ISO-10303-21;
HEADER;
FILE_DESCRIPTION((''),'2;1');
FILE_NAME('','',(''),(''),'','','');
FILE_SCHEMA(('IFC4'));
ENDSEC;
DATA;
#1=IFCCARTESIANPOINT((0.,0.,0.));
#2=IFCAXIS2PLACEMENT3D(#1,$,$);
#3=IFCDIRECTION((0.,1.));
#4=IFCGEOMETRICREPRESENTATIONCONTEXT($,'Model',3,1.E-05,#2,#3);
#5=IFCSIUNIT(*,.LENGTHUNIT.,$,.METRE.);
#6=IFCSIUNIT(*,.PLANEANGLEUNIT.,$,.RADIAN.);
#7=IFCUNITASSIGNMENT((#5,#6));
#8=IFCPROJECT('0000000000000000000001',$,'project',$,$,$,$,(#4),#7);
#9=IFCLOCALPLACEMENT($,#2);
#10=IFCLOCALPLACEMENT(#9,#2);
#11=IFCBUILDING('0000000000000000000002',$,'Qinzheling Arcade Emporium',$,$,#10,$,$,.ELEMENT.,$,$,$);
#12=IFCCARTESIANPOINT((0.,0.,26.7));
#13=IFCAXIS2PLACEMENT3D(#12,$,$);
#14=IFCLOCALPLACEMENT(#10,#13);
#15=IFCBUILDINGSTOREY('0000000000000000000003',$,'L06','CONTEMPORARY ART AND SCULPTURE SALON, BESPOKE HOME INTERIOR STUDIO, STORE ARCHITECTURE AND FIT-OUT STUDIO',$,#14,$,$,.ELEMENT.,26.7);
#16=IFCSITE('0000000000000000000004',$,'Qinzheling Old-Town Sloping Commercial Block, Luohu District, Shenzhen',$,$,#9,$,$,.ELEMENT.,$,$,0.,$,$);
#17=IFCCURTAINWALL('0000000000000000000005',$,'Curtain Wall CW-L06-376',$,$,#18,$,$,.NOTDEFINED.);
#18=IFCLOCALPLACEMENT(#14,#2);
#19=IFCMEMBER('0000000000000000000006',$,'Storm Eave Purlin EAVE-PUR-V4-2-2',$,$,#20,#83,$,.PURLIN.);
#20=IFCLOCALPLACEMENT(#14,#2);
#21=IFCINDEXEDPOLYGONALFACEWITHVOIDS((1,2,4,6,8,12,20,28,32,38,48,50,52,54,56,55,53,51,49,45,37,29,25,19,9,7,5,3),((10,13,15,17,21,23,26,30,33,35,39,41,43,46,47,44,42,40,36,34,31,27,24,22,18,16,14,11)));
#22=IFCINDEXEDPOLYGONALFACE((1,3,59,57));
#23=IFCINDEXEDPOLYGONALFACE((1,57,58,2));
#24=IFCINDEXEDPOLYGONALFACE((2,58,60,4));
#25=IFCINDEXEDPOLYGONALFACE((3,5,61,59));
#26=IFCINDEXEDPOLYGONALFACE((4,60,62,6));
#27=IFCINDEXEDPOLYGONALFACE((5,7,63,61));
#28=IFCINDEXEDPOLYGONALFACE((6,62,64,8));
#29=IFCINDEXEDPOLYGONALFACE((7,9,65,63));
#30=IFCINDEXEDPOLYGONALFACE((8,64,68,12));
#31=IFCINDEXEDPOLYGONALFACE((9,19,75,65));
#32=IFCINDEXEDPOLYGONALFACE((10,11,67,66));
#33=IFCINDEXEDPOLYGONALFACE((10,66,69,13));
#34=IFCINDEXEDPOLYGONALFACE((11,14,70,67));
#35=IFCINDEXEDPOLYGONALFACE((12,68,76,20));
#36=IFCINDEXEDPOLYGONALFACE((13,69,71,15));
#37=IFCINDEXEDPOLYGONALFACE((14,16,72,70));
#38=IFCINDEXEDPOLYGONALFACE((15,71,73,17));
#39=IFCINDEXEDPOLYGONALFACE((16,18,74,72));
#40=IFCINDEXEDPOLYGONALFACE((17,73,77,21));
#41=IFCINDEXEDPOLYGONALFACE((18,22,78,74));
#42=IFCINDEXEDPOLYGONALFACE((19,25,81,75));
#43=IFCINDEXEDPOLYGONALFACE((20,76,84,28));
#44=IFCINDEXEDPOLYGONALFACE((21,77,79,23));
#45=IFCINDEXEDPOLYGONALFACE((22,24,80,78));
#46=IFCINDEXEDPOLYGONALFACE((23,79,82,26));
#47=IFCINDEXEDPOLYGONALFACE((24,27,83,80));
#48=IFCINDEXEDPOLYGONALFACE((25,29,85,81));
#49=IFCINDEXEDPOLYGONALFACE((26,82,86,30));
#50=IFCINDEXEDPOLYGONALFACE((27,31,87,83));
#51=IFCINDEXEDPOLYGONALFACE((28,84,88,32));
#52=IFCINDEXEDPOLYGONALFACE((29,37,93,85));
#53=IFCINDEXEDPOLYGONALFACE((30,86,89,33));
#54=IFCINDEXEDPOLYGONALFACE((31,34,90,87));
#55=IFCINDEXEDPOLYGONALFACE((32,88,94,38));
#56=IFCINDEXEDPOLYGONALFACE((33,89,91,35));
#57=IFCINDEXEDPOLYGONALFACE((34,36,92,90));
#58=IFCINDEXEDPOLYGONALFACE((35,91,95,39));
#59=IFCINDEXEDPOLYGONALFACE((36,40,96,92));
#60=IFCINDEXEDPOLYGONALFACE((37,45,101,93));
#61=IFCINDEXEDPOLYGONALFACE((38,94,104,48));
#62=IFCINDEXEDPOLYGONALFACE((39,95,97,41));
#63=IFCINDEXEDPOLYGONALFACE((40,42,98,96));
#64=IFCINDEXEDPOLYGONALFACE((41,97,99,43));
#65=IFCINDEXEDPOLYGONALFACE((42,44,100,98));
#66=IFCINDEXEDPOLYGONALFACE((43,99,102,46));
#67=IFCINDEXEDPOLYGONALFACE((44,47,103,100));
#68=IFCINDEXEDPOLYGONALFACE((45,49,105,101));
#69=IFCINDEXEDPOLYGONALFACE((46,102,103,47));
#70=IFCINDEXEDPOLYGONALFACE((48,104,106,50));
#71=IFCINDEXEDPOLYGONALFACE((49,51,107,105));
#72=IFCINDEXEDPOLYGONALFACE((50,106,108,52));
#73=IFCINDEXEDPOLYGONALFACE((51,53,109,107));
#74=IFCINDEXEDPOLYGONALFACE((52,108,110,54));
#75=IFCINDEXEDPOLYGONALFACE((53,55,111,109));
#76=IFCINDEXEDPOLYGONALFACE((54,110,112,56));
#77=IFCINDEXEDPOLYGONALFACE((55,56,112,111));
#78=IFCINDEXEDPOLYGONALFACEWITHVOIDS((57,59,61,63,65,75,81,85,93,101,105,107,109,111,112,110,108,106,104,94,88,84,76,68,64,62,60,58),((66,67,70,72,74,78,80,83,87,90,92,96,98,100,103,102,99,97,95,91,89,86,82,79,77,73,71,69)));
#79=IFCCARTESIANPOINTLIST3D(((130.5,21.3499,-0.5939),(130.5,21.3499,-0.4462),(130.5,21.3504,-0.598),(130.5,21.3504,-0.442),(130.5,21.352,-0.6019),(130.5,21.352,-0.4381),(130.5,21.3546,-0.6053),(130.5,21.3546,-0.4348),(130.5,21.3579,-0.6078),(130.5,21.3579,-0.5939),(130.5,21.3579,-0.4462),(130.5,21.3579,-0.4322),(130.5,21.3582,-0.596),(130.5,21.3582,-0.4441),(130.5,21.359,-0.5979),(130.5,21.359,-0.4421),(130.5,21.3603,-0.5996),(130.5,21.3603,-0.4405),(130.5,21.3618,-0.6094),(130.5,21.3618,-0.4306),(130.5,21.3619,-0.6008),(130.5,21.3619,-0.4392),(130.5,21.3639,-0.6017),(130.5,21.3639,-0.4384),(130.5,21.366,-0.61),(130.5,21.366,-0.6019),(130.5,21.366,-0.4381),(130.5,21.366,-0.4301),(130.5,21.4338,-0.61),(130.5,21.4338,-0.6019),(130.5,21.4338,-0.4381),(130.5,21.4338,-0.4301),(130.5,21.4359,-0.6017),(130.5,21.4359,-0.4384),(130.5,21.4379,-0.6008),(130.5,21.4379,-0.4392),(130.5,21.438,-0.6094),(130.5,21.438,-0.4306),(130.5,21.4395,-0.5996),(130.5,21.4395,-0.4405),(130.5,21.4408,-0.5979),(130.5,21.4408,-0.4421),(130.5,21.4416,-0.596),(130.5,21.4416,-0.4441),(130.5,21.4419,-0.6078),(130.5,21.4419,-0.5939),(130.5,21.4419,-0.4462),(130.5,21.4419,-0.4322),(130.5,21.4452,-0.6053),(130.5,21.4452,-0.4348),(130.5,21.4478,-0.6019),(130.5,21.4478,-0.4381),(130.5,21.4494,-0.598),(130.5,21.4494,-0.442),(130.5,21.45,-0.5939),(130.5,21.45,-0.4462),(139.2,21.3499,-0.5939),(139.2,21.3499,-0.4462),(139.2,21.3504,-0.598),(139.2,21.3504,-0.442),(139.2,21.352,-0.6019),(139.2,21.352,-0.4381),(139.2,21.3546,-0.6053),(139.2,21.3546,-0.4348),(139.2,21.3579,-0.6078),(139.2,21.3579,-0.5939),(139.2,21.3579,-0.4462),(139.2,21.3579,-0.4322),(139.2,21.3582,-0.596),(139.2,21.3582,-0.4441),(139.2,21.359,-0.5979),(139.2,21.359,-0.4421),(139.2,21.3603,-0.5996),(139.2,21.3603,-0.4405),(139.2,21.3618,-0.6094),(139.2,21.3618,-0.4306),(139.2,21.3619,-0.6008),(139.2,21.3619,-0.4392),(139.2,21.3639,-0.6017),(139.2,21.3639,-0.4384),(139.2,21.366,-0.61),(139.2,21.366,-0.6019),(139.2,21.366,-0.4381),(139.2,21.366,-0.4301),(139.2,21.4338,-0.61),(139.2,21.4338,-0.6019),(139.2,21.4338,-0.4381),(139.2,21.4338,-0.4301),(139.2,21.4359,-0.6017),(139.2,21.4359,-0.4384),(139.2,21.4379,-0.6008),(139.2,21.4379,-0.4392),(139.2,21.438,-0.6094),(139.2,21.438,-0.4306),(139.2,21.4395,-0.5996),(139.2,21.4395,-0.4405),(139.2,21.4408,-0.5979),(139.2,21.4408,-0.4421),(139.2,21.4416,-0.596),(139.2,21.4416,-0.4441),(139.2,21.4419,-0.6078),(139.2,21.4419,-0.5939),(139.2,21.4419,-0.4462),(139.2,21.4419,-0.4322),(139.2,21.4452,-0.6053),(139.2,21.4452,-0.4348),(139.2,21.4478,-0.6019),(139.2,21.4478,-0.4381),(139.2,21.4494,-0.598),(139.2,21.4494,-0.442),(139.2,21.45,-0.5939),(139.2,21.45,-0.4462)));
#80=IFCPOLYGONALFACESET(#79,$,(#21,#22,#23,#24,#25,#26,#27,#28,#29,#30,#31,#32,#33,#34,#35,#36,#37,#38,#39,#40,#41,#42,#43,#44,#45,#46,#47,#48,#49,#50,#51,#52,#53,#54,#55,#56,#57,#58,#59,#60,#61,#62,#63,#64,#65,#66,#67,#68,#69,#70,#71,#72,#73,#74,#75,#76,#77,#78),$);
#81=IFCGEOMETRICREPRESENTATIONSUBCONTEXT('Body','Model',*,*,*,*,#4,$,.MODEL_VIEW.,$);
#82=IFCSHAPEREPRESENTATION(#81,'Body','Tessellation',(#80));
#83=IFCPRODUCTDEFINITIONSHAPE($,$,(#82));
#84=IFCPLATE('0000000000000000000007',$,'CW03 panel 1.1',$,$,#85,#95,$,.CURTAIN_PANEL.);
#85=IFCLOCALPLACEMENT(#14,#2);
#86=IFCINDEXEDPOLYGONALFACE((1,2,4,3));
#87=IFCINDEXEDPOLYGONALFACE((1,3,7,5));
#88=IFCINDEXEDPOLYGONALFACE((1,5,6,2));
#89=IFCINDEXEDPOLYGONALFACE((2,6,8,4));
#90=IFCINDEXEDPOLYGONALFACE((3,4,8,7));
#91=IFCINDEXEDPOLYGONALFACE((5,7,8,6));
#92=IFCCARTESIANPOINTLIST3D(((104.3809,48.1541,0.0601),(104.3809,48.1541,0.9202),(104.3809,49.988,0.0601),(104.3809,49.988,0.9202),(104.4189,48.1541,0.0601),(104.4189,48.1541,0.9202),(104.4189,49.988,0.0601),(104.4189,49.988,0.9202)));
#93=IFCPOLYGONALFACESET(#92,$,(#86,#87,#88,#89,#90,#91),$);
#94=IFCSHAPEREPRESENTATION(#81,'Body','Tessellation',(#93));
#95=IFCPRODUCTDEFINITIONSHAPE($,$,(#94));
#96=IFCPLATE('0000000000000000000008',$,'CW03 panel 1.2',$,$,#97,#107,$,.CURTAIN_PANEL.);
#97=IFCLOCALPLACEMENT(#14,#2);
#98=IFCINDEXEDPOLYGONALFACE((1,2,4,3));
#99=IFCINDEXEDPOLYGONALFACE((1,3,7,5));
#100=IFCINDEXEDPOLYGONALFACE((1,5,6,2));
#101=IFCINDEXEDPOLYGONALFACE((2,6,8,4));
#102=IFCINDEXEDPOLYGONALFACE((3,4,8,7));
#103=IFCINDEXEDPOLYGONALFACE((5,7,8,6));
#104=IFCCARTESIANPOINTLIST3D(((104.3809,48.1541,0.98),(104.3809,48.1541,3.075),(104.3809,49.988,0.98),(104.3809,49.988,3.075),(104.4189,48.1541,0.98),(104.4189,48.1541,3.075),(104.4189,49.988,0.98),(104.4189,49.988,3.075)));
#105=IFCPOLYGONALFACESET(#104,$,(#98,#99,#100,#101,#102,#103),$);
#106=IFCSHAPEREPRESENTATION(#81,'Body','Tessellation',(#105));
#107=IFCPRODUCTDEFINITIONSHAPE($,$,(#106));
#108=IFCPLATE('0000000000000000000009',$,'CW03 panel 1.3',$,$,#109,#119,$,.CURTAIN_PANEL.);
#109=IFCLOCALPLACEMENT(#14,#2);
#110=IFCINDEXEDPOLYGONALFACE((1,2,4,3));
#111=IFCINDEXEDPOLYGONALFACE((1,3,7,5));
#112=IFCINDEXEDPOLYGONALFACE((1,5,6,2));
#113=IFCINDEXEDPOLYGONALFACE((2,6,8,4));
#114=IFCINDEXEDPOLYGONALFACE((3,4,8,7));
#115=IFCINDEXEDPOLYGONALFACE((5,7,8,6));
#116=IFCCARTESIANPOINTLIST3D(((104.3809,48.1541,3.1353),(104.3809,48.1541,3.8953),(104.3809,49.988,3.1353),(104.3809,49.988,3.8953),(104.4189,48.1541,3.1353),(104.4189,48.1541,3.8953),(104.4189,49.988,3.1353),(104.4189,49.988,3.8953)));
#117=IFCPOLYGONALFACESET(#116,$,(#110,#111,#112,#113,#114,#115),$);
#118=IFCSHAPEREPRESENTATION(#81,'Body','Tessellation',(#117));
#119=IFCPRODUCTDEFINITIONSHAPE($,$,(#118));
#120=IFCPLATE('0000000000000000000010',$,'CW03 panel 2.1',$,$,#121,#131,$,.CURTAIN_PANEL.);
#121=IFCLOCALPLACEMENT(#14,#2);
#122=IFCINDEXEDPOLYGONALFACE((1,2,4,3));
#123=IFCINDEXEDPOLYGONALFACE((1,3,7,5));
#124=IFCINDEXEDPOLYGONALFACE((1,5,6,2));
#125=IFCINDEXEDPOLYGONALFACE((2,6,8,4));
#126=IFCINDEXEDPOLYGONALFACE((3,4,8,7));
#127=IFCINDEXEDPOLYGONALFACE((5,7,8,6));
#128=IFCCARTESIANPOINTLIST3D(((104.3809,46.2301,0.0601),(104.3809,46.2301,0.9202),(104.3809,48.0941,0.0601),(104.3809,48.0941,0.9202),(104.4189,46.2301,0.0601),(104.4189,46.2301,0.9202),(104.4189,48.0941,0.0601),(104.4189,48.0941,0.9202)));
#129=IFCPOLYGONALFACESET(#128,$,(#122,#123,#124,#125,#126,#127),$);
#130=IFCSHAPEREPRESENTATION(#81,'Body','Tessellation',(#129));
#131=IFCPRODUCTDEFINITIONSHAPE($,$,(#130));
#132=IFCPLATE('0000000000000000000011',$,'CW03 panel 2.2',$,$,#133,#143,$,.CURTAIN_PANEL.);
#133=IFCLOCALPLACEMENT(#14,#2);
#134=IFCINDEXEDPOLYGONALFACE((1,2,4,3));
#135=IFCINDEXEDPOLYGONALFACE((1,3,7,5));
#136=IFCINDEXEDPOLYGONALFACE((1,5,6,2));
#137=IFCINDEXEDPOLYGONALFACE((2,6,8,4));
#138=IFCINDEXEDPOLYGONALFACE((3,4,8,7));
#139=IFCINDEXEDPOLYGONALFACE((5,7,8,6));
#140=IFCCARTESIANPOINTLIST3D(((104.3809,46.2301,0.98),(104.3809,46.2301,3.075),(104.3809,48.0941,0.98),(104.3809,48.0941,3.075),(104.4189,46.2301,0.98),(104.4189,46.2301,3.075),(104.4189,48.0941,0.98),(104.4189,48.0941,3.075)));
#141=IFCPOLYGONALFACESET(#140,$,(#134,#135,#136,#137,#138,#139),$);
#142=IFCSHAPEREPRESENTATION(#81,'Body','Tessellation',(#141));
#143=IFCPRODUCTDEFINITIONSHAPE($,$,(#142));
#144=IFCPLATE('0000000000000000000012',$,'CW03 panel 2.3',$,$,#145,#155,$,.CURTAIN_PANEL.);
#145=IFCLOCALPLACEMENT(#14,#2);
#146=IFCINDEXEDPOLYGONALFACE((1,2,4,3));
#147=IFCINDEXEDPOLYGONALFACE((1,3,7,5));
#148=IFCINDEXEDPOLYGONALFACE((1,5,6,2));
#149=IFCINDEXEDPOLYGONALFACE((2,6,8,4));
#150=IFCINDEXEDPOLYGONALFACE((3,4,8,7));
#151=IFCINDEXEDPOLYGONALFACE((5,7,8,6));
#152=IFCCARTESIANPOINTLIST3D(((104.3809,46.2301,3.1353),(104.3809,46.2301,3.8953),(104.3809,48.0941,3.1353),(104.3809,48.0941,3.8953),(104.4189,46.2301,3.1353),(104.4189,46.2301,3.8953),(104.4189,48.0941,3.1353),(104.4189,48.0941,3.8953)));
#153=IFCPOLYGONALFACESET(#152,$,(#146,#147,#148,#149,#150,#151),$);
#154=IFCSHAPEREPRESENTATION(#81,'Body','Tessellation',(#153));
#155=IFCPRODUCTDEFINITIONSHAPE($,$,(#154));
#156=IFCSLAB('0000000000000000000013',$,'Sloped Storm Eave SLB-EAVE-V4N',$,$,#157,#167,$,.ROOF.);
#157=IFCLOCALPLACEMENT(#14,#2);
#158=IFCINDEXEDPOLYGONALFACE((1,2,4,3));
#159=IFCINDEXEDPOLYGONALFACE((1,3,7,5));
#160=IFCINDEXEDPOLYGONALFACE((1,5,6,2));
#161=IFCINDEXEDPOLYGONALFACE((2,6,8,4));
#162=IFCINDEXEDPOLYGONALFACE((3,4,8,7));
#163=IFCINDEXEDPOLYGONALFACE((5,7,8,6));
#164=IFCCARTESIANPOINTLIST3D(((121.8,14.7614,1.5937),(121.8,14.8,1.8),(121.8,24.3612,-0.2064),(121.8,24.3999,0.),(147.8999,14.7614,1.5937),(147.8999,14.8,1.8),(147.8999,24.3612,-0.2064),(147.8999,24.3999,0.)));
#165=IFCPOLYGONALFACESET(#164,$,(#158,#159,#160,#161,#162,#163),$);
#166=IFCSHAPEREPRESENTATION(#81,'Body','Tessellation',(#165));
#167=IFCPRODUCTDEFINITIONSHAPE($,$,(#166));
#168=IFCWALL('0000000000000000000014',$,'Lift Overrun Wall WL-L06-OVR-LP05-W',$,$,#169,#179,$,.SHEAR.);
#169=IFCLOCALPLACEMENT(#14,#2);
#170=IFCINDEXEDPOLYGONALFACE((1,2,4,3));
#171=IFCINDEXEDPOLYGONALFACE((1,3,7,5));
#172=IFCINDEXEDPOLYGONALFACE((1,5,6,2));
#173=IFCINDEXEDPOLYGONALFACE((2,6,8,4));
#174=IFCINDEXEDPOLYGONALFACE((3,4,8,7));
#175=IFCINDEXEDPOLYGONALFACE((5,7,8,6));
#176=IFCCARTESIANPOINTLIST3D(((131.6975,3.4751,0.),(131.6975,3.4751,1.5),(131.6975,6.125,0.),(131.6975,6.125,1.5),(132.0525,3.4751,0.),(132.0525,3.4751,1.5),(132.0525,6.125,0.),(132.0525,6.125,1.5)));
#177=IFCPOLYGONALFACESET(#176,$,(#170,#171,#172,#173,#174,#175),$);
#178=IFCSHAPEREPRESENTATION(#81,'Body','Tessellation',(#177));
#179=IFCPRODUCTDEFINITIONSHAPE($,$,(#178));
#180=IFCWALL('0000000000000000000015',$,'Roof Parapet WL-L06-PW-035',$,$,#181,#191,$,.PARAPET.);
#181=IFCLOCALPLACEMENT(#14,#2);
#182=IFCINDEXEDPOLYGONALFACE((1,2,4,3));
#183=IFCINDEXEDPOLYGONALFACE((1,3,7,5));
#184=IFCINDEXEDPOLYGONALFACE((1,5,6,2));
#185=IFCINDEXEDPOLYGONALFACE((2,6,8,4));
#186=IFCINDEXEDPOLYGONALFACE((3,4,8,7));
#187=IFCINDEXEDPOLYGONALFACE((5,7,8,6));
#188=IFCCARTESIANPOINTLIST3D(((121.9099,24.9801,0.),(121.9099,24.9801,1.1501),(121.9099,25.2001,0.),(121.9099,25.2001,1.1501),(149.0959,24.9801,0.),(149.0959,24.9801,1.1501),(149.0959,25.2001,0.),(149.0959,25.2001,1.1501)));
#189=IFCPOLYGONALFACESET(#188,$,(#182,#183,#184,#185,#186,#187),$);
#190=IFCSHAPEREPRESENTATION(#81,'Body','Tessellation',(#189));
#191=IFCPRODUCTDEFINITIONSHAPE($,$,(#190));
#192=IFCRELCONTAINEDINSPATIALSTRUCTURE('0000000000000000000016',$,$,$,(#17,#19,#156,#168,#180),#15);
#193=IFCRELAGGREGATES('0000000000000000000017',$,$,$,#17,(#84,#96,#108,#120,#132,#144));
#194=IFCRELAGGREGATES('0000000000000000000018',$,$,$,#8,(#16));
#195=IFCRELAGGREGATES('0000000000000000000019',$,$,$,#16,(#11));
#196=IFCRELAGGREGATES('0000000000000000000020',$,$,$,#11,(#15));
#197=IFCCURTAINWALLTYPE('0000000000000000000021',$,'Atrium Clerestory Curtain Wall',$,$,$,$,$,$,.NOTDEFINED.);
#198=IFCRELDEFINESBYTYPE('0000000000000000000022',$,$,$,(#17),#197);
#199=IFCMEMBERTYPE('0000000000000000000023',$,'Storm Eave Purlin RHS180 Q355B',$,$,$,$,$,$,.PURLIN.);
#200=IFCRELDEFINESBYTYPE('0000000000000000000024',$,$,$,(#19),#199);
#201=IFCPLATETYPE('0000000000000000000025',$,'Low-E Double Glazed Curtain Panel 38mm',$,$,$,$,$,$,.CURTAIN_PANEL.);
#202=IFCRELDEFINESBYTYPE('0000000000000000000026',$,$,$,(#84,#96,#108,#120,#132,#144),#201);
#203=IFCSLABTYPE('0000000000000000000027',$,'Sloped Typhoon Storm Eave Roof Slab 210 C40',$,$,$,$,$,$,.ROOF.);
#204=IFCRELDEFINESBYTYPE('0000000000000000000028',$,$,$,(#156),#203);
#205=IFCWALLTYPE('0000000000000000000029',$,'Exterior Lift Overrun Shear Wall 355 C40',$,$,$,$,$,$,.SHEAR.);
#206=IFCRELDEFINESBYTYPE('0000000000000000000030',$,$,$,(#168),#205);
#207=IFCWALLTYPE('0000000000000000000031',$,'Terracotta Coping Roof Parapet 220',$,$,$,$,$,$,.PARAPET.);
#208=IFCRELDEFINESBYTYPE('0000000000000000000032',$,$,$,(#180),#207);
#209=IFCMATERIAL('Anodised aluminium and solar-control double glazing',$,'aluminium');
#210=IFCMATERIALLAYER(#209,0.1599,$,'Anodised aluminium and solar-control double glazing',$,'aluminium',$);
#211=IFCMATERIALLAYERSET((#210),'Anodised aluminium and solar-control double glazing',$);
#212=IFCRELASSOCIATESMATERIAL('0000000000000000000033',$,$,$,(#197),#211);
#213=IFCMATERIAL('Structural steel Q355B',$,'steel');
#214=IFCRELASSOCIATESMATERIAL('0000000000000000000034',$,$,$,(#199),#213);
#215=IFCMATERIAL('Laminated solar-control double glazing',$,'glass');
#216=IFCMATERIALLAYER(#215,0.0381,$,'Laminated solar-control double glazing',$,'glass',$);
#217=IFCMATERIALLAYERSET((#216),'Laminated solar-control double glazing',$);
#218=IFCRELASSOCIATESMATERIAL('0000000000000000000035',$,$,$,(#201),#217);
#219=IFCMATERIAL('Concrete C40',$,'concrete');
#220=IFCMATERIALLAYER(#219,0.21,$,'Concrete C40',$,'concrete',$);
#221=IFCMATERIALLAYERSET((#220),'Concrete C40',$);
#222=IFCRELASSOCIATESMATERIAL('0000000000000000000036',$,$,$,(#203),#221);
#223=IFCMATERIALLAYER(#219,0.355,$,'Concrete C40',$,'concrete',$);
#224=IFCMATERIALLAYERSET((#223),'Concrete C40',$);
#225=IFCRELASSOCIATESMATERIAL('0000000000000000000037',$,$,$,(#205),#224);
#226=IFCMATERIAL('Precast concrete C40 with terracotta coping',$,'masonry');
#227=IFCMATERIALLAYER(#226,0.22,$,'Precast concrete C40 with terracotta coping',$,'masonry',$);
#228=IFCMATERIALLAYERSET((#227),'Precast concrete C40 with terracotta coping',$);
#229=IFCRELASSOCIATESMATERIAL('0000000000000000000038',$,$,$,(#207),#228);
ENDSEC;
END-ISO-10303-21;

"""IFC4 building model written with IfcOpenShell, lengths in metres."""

from ifc_helpers import new_model, si_unit, direction, frame, frame_2d, origin, origin_2d, place, context, subcontext, project, spatial, polyline, rectangle, hollow_rectangle, outline, extrude, material, layer, layer_set, material_profile, profile_set, type_object, element, aggregate, save


model = new_model("IFC4")

# Units and contexts
model_context = context("Model", 3, precision=1e-05, world=origin(), true_north=direction((0.0, 1.0)))
body_context = subcontext(model_context, "Body", "Model", "MODEL_VIEW")
ifc_project = project(units=[si_unit("LENGTHUNIT", "METRE"), si_unit("PLANEANGLEUNIT", "RADIAN")], contexts=[model_context])

# Site, building, storey
site_placement = place(None, origin())
site = spatial("IfcSite", under=ifc_project, at=site_placement, Name="Qinzheling Old-Town Sloping Commercial Block, Luohu District, Shenzhen", CompositionType="ELEMENT", RefElevation=0.0)
building_placement = place(site_placement, origin())
building = spatial("IfcBuilding", under=site, at=building_placement, Name="Qinzheling Arcade Emporium", CompositionType="ELEMENT")
storey_placement = place(building_placement, frame((0.0, 0.0, 26.7)))
storey = spatial("IfcBuildingStorey", under=building, at=storey_placement, Name="L06", Description="CONTEMPORARY ART AND SCULPTURE SALON, BESPOKE HOME INTERIOR STUDIO, STORE ARCHITECTURE AND FIT-OUT STUDIO", CompositionType="ELEMENT", Elevation=26.7)

# Curtain wall
ifc_material_1 = material(Name="Anodised aluminium and solar-control double glazing", Category="aluminium")
ifc_layer_1 = layer(ifc_material_1, 0.1599, Name="Anodised aluminium and solar-control double glazing", Category="aluminium")
ifc_layer_set_1 = layer_set([ifc_layer_1], Name="Anodised aluminium and solar-control double glazing")
curtain_wall_type = type_object("IfcCurtainWallType", Name="Atrium Clerestory Curtain Wall", PredefinedType="NOTDEFINED", material=ifc_layer_set_1)
curtain_wall_placement = place(storey_placement, origin())
curtain_wall = element("IfcCurtainWall", 1, at=curtain_wall_placement, inside=storey, type_object=curtain_wall_type, Name="Curtain Wall CW-L06-376", PredefinedType="NOTDEFINED")

# Member
ifc_material_2 = material(Name="Structural steel Q355B", Category="steel")
ifc_material_profile_1 = material_profile(ifc_material_2, hollow_rectangle(XDim=0.1001, YDim=0.1799, WallThickness=0.0081, InnerFilletRadius=0.0081, OuterFilletRadius=0.0161, at=origin_2d()), Name="RHS 180x100x8", Category="steel")
ifc_profile_set_1 = profile_set([ifc_material_profile_1], Name="Structural steel Q355B")
member_type_1 = type_object("IfcMemberType", Name="Storm Eave Purlin RHS180 Q355B", PredefinedType="PURLIN", material=ifc_profile_set_1)
for number, where, z_axis, x_axis, name in (
    (2, (130.5, 21.3999, -0.52), (1.0, 0.0, 0.0), (0.0, 1.0, 0.0), "Storm Eave Purlin EAVE-PUR-V4-2-2"),
):
    element("IfcMember", number, at=place(storey_placement, frame(where, z_axis=z_axis, x_axis=x_axis)), inside=storey, type_object=member_type_1, Name=name, PredefinedType="PURLIN", context=body_context, shape_type="SweptSolid", body=[
        extrude(hollow_rectangle(XDim=0.1001, YDim=0.1799, WallThickness=0.0081, InnerFilletRadius=0.0081, OuterFilletRadius=0.0161, at=origin_2d()), origin(), (0.0, 0.0, 1.0), 8.7),
    ])

# Plates
ifc_material_3 = material(Name="Laminated solar-control double glazing", Category="glass")
ifc_layer_2 = layer(ifc_material_3, 0.0381, Name="Laminated solar-control double glazing", Category="glass")
ifc_layer_set_2 = layer_set([ifc_layer_2], Name="Laminated solar-control double glazing")
plate_type = type_object("IfcPlateType", Name="Low-E Double Glazed Curtain Panel 38mm", PredefinedType="CURTAIN_PANEL", material=ifc_layer_set_2)
plate_1_placement = place(storey_placement, frame((104.3999, 49.071, 0.0601), z_axis=(0.0, 0.0, 1.0), x_axis=(0.0, -1.0, 0.0)))
plate_1 = element("IfcPlate", 3, at=plate_1_placement, type_object=plate_type, Name="CW03 panel 1.1", PredefinedType="CURTAIN_PANEL", context=body_context, shape_type="SweptSolid", body=[
    extrude(rectangle(XDim=1.834, YDim=0.0381, at=origin_2d()), origin(), (0.0, 0.0, 1.0), 0.8601),
])
plate_2_placement = place(storey_placement, frame((104.3999, 49.071, 0.98), z_axis=(0.0, 0.0, 1.0), x_axis=(0.0, -1.0, 0.0)))
plate_2 = element("IfcPlate", 4, at=plate_2_placement, type_object=plate_type, Name="CW03 panel 1.2", PredefinedType="CURTAIN_PANEL", context=body_context, shape_type="SweptSolid", body=[
    extrude(rectangle(XDim=1.834, YDim=0.0381, at=origin_2d()), origin(), (0.0, 0.0, 1.0), 2.095),
])
plate_3_placement = place(storey_placement, frame((104.3999, 49.071, 3.1353), z_axis=(0.0, 0.0, 1.0), x_axis=(0.0, -1.0, 0.0)))
plate_3 = element("IfcPlate", 5, at=plate_3_placement, type_object=plate_type, Name="CW03 panel 1.3", PredefinedType="CURTAIN_PANEL", context=body_context, shape_type="SweptSolid", body=[
    extrude(rectangle(XDim=1.834, YDim=0.0381, at=origin_2d()), origin(), (0.0, 0.0, 1.0), 0.76),
])
plate_4_placement = place(storey_placement, frame((104.3999, 47.1621, 0.0601), z_axis=(0.0, 0.0, 1.0), x_axis=(0.0, -1.0, 0.0)))
plate_4 = element("IfcPlate", 6, at=plate_4_placement, type_object=plate_type, Name="CW03 panel 2.1", PredefinedType="CURTAIN_PANEL", context=body_context, shape_type="SweptSolid", body=[
    extrude(rectangle(XDim=1.864, YDim=0.0381, at=origin_2d()), origin(), (0.0, 0.0, 1.0), 0.8601),
])
plate_5_placement = place(storey_placement, frame((104.3999, 47.1621, 0.98), z_axis=(0.0, 0.0, 1.0), x_axis=(0.0, -1.0, 0.0)))
plate_5 = element("IfcPlate", 7, at=plate_5_placement, type_object=plate_type, Name="CW03 panel 2.2", PredefinedType="CURTAIN_PANEL", context=body_context, shape_type="SweptSolid", body=[
    extrude(rectangle(XDim=1.864, YDim=0.0381, at=origin_2d()), origin(), (0.0, 0.0, 1.0), 2.095),
])
plate_6_placement = place(storey_placement, frame((104.3999, 47.1621, 3.1353), z_axis=(0.0, 0.0, 1.0), x_axis=(0.0, -1.0, 0.0)))
plate_6 = element("IfcPlate", 8, at=plate_6_placement, type_object=plate_type, Name="CW03 panel 2.3", PredefinedType="CURTAIN_PANEL", context=body_context, shape_type="SweptSolid", body=[
    extrude(rectangle(XDim=1.864, YDim=0.0381, at=origin_2d()), origin(), (0.0, 0.0, 1.0), 0.76),
])
aggregate(curtain_wall, [plate_1, plate_2, plate_3, plate_4, plate_5, plate_6])

# Slab
ifc_material_4 = material(Name="Concrete C40", Category="concrete")
ifc_layer_3 = layer(ifc_material_4, 0.21, Name="Concrete C40", Category="concrete")
ifc_layer_set_3 = layer_set([ifc_layer_3], Name="Concrete C40")
slab_type = type_object("IfcSlabType", Name="Sloped Typhoon Storm Eave Roof Slab 210 C40", PredefinedType="ROOF", material=ifc_layer_set_3)
slab_placement = place(storey_placement, frame((121.8, 14.8, 1.8), z_axis=(0.0, 0.184296, 0.982871), x_axis=(1.0, 0.0, 0.0)))
element("IfcSlab", 9, at=slab_placement, inside=storey, type_object=slab_type, Name="Sloped Storm Eave SLB-EAVE-V4N", PredefinedType="ROOF", context=body_context, shape_type="SweptSolid", body=[
    extrude(outline(polyline([(0.0, 0.0), (26.0999, 0.0), (26.0999, 9.7672), (0.0, 9.7672), (0.0, 0.0)])), origin(), (0.0, 0.0, -1.0), 0.21),
])

# Walls
ifc_layer_4 = layer(ifc_material_4, 0.355, Name="Concrete C40", Category="concrete")
ifc_layer_set_4 = layer_set([ifc_layer_4], Name="Concrete C40")
wall_type_1 = type_object("IfcWallType", Name="Exterior Lift Overrun Shear Wall 355 C40", PredefinedType="SHEAR", material=ifc_layer_set_4)
wall_1_placement = place(storey_placement, frame((131.875, 3.4751, 0.0), z_axis=(0.0, 0.0, 1.0), x_axis=(0.0, 1.0, 0.0)))
element("IfcWall", 10, at=wall_1_placement, inside=storey, type_object=wall_type_1, Name="Lift Overrun Wall WL-L06-OVR-LP05-W", PredefinedType="SHEAR", context=body_context, shape_type="SweptSolid", body=[
    extrude(rectangle(XDim=2.6499, YDim=0.355, at=frame_2d((1.325, 0.0))), origin(), (0.0, 0.0, 1.0), 1.5),
])
ifc_material_5 = material(Name="Precast concrete C40 with terracotta coping", Category="masonry")
ifc_layer_5 = layer(ifc_material_5, 0.22, Name="Precast concrete C40 with terracotta coping", Category="masonry")
ifc_layer_set_5 = layer_set([ifc_layer_5], Name="Precast concrete C40 with terracotta coping")
wall_type_2 = type_object("IfcWallType", Name="Terracotta Coping Roof Parapet 220", PredefinedType="PARAPET", material=ifc_layer_set_5)
wall_2_placement = place(storey_placement, frame((121.9099, 25.0901, 0.0), z_axis=(0.0, 0.0, 1.0), x_axis=(1.0, 0.0, 0.0)))
element("IfcWall", 11, at=wall_2_placement, inside=storey, type_object=wall_type_2, Name="Roof Parapet WL-L06-PW-035", PredefinedType="PARAPET", context=body_context, shape_type="SweptSolid", body=[
    extrude(rectangle(XDim=27.186, YDim=0.22, at=frame_2d((13.593, 0.0))), origin(), (0.0, 0.0, 1.0), 1.1501),
])

save(model, "model.ifc")
